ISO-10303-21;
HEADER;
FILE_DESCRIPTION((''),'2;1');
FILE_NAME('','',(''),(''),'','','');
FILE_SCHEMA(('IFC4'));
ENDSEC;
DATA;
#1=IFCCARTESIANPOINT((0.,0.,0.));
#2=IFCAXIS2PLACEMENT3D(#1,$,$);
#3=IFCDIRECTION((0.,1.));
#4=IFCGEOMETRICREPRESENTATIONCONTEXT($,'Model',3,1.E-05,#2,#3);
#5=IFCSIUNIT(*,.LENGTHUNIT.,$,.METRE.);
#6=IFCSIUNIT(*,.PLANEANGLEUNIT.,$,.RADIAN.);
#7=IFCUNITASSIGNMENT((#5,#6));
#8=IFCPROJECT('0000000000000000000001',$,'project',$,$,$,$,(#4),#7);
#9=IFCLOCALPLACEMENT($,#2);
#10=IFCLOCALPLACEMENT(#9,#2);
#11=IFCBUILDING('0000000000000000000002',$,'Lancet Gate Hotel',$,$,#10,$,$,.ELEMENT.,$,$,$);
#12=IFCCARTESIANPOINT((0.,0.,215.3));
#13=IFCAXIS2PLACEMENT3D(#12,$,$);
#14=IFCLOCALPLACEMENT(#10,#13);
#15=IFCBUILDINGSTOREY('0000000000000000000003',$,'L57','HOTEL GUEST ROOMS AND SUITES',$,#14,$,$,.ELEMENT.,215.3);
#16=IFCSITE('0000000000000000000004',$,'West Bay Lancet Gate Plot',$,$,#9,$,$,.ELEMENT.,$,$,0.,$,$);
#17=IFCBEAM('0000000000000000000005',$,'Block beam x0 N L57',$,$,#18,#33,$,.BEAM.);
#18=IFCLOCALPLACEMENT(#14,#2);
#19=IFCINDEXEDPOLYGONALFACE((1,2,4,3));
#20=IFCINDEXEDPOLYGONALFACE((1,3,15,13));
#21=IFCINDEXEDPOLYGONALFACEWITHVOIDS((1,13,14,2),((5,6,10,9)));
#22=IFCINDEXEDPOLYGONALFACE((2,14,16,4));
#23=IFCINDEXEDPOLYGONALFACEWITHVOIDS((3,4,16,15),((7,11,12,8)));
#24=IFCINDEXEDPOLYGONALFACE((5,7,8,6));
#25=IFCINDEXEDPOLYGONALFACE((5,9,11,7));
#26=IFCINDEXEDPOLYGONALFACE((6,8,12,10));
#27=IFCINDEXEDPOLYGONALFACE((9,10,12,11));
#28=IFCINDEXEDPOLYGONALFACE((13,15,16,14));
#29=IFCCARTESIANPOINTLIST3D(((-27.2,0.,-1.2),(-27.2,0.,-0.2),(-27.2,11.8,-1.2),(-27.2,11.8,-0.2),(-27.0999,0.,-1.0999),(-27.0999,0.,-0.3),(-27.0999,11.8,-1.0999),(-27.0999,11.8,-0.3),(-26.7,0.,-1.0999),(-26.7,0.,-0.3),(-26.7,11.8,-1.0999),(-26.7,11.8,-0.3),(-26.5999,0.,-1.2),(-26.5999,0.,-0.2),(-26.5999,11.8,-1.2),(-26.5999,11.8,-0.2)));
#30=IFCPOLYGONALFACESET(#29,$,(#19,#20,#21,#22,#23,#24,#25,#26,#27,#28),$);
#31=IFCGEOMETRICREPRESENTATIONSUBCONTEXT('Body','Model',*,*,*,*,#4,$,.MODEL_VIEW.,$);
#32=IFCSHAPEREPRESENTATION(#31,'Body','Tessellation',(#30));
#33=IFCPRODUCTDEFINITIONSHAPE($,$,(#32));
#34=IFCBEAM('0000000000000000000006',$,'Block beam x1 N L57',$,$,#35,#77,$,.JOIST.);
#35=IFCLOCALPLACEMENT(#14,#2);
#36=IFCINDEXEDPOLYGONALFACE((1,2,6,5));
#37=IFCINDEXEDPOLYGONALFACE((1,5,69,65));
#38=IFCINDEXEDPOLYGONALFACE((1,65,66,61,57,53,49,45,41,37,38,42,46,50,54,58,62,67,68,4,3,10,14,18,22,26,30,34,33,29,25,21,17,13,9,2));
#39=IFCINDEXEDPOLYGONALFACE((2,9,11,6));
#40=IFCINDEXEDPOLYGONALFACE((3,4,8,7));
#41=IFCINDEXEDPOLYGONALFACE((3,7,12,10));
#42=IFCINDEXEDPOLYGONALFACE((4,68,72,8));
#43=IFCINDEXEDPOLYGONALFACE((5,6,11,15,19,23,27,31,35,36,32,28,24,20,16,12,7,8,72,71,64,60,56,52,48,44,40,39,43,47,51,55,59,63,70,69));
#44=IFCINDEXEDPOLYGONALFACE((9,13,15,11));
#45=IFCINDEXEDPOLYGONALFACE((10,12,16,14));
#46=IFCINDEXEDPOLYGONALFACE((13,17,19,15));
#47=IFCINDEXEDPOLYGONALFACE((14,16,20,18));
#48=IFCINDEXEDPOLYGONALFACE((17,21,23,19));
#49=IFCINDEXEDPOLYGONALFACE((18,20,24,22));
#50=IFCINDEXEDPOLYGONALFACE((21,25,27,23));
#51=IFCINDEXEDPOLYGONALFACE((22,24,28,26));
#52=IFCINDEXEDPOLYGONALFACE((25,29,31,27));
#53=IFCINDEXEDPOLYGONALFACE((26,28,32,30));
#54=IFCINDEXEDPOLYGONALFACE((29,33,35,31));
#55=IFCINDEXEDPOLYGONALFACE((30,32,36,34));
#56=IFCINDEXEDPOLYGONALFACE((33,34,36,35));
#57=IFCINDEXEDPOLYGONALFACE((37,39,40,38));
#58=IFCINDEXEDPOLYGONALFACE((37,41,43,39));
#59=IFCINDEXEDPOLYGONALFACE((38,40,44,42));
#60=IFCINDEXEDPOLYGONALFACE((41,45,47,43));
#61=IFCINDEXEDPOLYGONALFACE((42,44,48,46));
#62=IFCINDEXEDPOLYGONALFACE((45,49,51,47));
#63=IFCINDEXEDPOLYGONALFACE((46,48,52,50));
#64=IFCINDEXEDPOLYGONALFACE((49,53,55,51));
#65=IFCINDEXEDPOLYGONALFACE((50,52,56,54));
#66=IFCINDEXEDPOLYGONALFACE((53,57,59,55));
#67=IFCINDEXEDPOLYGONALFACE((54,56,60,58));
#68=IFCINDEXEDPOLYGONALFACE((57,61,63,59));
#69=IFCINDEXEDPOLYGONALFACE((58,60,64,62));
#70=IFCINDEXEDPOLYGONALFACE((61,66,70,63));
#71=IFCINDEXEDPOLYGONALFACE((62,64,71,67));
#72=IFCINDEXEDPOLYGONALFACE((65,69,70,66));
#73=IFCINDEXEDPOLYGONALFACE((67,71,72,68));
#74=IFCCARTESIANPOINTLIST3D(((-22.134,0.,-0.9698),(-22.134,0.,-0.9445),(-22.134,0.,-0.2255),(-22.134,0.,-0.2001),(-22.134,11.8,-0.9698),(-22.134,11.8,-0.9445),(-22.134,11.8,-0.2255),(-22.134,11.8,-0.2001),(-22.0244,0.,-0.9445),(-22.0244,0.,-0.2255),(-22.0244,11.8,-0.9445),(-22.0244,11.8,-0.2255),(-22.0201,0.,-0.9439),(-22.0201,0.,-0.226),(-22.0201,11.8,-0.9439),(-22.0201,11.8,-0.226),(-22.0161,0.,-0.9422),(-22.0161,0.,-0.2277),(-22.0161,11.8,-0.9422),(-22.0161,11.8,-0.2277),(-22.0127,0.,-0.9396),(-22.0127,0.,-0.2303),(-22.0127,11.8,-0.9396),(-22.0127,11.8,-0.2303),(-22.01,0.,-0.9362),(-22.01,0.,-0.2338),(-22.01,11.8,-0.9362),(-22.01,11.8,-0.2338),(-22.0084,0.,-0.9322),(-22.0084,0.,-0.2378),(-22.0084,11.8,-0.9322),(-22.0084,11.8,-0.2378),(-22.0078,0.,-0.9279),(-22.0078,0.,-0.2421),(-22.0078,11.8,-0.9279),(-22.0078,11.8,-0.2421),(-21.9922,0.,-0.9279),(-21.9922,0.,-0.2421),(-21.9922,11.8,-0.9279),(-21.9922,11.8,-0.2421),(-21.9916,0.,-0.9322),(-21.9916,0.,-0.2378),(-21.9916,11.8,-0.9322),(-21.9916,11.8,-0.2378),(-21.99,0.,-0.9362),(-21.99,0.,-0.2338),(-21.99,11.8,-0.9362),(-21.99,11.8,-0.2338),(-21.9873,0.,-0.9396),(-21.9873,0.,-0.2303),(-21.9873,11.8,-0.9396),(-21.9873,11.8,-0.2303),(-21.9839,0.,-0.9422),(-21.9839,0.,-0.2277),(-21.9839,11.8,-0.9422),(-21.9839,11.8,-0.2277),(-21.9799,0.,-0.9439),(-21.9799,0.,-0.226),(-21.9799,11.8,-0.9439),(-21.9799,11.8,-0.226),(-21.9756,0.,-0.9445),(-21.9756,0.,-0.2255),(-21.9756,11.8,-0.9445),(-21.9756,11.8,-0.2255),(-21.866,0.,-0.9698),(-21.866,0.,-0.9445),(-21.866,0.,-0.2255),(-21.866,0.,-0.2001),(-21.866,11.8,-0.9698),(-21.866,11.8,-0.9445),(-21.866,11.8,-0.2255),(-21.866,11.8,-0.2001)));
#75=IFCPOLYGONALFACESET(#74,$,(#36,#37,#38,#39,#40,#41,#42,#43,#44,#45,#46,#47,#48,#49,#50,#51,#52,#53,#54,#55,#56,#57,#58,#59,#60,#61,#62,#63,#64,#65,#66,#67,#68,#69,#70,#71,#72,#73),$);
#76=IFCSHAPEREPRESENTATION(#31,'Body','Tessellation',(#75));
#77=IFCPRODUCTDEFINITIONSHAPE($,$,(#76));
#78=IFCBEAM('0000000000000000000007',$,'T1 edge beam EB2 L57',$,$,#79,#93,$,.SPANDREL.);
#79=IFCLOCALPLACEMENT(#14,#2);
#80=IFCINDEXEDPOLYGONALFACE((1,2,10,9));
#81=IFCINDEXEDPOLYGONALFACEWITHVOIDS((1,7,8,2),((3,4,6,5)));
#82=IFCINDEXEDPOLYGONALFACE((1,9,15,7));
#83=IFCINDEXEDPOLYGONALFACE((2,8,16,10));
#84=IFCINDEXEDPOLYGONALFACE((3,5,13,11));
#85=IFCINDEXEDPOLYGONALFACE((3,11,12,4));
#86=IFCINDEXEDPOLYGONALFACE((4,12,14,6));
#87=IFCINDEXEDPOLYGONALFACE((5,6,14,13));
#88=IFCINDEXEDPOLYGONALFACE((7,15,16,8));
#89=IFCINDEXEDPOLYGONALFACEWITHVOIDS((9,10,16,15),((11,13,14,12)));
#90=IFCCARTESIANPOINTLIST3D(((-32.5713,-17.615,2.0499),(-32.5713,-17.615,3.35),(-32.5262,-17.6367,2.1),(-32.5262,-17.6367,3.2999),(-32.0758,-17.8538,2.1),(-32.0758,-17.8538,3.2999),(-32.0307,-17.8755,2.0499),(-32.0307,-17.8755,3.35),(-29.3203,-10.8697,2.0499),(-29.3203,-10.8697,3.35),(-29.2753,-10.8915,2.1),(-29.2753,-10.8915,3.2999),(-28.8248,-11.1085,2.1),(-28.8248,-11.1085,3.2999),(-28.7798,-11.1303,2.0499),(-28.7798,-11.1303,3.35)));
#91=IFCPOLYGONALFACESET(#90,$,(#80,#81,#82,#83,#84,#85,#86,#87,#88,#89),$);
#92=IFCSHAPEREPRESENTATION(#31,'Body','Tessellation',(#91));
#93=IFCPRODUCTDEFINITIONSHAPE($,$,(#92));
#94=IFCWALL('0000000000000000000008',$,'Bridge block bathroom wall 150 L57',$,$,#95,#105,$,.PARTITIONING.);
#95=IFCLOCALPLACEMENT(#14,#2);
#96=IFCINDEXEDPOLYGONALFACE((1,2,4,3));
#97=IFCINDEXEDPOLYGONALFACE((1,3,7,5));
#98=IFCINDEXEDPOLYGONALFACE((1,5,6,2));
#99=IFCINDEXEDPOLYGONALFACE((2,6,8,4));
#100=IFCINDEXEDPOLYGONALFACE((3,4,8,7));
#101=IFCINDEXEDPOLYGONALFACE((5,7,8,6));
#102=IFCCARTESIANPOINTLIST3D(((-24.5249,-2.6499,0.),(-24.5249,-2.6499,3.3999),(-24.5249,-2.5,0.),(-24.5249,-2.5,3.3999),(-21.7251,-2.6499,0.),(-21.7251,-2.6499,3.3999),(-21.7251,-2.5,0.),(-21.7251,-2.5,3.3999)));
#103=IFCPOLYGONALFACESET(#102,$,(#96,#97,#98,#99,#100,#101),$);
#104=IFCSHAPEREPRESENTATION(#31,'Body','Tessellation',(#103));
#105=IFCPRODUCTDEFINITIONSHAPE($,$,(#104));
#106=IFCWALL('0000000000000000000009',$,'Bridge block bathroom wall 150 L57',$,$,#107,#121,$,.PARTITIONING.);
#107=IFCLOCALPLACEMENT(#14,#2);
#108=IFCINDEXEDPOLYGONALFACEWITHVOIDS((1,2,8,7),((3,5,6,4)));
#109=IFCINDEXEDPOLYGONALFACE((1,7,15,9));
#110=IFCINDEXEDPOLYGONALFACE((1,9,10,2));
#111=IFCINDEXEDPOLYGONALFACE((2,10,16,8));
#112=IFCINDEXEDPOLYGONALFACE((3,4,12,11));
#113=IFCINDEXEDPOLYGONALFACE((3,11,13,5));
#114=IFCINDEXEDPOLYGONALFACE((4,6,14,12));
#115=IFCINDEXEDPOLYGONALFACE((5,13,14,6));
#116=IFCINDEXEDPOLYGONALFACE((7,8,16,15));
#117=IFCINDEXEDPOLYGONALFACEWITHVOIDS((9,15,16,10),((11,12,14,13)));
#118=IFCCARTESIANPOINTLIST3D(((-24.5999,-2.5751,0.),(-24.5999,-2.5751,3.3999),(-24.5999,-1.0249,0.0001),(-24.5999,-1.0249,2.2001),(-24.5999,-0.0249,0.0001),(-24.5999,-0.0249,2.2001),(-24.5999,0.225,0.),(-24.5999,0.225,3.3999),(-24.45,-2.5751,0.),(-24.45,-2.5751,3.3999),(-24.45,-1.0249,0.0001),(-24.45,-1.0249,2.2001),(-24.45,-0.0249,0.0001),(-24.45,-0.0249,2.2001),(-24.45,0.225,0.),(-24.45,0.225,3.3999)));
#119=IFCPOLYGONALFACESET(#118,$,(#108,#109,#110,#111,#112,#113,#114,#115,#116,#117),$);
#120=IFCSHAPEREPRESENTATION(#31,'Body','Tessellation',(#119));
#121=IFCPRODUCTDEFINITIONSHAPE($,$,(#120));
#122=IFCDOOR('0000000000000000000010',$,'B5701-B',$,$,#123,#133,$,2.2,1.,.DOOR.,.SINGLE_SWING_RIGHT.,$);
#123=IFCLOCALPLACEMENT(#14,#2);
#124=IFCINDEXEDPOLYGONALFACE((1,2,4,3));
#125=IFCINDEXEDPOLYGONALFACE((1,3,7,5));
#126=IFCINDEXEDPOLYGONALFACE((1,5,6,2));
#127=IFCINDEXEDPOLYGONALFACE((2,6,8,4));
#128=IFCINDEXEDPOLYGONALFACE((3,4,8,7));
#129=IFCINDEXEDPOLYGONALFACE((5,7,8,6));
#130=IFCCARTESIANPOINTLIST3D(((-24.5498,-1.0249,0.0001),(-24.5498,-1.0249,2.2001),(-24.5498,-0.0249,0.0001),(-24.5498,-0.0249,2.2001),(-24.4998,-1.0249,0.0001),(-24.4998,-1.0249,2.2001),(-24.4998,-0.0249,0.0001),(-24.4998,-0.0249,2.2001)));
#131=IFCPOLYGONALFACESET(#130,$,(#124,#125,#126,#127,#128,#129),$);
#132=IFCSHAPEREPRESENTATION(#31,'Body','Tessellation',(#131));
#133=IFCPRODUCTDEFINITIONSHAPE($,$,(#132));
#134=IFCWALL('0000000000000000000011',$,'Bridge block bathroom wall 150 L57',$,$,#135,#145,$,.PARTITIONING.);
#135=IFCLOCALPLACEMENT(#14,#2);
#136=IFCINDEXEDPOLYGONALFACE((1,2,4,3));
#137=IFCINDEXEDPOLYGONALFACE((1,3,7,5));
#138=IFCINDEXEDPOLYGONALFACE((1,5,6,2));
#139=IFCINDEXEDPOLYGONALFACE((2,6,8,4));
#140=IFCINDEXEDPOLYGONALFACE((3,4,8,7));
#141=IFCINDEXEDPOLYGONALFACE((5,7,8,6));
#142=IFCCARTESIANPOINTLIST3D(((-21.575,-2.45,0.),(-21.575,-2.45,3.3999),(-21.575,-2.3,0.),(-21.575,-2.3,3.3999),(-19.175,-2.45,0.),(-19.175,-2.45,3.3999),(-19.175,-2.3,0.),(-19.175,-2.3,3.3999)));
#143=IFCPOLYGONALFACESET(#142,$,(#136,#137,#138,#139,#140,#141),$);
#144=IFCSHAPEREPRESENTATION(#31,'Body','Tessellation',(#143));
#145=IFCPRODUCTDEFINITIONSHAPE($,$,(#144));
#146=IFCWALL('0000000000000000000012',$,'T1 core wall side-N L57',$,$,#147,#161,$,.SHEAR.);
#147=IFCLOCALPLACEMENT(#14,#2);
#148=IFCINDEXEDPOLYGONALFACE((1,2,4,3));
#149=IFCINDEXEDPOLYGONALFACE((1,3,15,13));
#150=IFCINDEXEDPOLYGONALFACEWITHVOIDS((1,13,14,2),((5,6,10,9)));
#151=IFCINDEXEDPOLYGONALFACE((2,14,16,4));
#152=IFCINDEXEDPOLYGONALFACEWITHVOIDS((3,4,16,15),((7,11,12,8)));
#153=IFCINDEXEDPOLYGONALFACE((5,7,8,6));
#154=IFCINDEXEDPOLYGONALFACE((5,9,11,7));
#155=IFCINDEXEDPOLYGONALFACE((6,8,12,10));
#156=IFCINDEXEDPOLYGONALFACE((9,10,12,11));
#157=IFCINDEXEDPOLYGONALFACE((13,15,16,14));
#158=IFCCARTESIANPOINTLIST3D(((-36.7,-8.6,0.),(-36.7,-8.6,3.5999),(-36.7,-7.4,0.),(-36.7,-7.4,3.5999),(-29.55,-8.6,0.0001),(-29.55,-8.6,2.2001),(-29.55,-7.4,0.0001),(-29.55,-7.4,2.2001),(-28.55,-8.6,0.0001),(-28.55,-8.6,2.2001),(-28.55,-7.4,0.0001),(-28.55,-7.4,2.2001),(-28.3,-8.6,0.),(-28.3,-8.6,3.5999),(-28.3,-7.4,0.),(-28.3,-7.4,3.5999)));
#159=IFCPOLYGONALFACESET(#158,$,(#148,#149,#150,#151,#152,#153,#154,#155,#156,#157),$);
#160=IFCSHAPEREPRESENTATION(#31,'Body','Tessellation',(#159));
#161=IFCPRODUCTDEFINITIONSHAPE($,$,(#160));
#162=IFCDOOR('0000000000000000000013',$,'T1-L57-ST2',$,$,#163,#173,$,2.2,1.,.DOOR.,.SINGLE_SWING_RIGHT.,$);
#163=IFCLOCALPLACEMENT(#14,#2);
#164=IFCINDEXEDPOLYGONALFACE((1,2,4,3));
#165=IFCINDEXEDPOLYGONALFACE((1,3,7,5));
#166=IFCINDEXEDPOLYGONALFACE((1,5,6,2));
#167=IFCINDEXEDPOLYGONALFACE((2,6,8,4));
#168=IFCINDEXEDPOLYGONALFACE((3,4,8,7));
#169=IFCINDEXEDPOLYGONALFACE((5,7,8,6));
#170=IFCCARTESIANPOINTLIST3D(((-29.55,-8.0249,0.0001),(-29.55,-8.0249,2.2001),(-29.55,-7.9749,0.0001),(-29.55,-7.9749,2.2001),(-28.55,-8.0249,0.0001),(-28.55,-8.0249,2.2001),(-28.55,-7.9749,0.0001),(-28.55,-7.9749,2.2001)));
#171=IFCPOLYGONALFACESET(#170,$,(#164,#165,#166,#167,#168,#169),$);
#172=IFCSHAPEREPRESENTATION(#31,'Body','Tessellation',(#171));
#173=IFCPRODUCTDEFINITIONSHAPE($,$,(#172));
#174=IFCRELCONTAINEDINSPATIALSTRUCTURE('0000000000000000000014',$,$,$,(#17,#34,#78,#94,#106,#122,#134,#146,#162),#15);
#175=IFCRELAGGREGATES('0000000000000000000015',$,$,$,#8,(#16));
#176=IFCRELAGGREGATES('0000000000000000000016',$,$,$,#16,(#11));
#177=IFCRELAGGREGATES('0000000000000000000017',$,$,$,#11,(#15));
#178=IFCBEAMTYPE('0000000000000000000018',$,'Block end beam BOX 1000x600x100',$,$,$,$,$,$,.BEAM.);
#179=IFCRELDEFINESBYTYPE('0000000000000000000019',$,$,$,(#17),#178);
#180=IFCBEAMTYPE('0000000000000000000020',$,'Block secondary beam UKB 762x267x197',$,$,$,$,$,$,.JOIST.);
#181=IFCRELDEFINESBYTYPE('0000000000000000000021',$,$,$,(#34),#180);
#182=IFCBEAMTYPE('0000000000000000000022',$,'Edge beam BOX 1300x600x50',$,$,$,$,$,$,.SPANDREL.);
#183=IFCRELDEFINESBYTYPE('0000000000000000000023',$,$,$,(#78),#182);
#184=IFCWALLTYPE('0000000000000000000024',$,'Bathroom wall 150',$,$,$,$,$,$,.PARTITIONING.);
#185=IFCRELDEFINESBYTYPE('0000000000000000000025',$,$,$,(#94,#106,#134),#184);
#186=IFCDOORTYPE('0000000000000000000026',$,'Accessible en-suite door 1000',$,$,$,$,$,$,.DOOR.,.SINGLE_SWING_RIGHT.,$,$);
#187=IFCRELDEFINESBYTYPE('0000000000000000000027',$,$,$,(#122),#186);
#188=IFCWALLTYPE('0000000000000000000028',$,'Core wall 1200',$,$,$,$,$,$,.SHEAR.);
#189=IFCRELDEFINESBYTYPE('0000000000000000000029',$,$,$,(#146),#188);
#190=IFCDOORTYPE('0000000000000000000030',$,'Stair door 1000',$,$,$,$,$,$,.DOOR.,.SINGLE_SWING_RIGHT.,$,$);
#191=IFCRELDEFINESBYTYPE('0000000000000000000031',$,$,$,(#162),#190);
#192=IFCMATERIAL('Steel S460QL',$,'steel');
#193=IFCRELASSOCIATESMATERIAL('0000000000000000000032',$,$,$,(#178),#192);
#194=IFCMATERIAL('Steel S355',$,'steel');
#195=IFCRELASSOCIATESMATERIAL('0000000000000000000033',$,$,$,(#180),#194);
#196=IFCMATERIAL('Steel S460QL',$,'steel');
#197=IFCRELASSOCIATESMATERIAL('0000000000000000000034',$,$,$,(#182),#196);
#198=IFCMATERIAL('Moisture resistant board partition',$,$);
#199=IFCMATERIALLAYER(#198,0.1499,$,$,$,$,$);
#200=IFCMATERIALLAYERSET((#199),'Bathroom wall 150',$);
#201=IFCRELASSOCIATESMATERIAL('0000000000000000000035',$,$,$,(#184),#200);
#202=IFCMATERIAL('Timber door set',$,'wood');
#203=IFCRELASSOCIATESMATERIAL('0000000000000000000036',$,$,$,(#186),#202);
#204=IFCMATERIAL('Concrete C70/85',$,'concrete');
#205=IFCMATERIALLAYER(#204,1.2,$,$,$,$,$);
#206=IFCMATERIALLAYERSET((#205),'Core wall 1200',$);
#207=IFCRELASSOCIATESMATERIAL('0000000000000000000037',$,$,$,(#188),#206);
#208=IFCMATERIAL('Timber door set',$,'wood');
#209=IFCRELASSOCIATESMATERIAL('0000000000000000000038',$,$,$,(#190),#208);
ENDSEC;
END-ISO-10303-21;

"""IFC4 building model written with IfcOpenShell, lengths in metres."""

from ifc_helpers import new_model, si_unit, direction, frame, frame_2d, origin, origin_2d, place, context, subcontext, project, spatial, rectangle, hollow_rectangle, i_section, extrude, material, layer, layer_set, material_profile, profile_set, type_object, element, fill, save


model = new_model("IFC4")

# Units and contexts
model_context = context("Model", 3, precision=1e-05, world=origin(), true_north=direction((0.0, 1.0)))
body_context = subcontext(model_context, "Body", "Model", "MODEL_VIEW")
ifc_project = project(units=[si_unit("LENGTHUNIT", "METRE"), si_unit("PLANEANGLEUNIT", "RADIAN")], contexts=[model_context])

# Site, building, storey
site_placement = place(None, origin())
site = spatial("IfcSite", under=ifc_project, at=site_placement, Name="West Bay Lancet Gate Plot", CompositionType="ELEMENT", RefElevation=0.0)
building_placement = place(site_placement, origin())
building = spatial("IfcBuilding", under=site, at=building_placement, Name="Lancet Gate Hotel", CompositionType="ELEMENT")
storey_placement = place(building_placement, frame((0.0, 0.0, 215.3)))
storey = spatial("IfcBuildingStorey", under=building, at=storey_placement, Name="L57", Description="HOTEL GUEST ROOMS AND SUITES", CompositionType="ELEMENT", Elevation=215.3)

# Beams
ifc_material_1 = material(Name="Steel S460QL", Category="steel")
ifc_material_profile_1 = material_profile(ifc_material_1, hollow_rectangle(XDim=0.6001, YDim=1.0, WallThickness=0.1001, at=origin_2d()), Name="BOX 1000x600x100")
ifc_profile_set_1 = profile_set([ifc_material_profile_1], Name="Steel S460QL")
beam_type_1 = type_object("IfcBeamType", Name="Block end beam BOX 1000x600x100", PredefinedType="BEAM", material=ifc_profile_set_1)
beam_1_placement = place(storey_placement, frame((-26.8999, 0.0, -0.7), z_axis=(0.0, 1.0, 0.0), x_axis=(-1.0, 0.0, 0.0)))
element("IfcBeam", 1, at=beam_1_placement, inside=storey, type_object=beam_type_1, Name="Block beam x0 N L57", PredefinedType="BEAM", context=body_context, shape_type="SweptSolid", body=[
    extrude(hollow_rectangle(XDim=0.6001, YDim=1.0, WallThickness=0.1001, at=origin_2d()), origin(), (0.0, 0.0, 1.0), 11.8),
])
ifc_material_2 = material(Name="Steel S355", Category="steel")
ifc_material_profile_2 = material_profile(ifc_material_2, i_section(OverallWidth=0.2681, OverallDepth=0.7698, WebThickness=0.0156, FlangeThickness=0.0254, FilletRadius=0.0166, at=origin_2d()), Name="UKB 762x267x197")
ifc_profile_set_2 = profile_set([ifc_material_profile_2], Name="Steel S355")
beam_type_2 = type_object("IfcBeamType", Name="Block secondary beam UKB 762x267x197", PredefinedType="JOIST", material=ifc_profile_set_2)
beam_2_placement = place(storey_placement, frame((-22.0, 0.0, -0.585), z_axis=(0.0, 1.0, 0.0), x_axis=(-1.0, 0.0, 0.0)))
element("IfcBeam", 2, at=beam_2_placement, inside=storey, type_object=beam_type_2, Name="Block beam x1 N L57", PredefinedType="JOIST", context=body_context, shape_type="SweptSolid", body=[
    extrude(i_section(OverallWidth=0.2681, OverallDepth=0.7698, WebThickness=0.0156, FlangeThickness=0.0254, FilletRadius=0.0166, at=origin_2d()), origin(), (0.0, 0.0, 1.0), 11.8),
])
ifc_material_3 = material(Name="Steel S460QL", Category="steel")
ifc_material_profile_3 = material_profile(ifc_material_3, hollow_rectangle(XDim=0.6001, YDim=1.3, WallThickness=0.05, at=origin_2d()), Name="BOX 1300x600x50")
ifc_profile_set_3 = profile_set([ifc_material_profile_3], Name="Steel S460QL")
beam_type_3 = type_object("IfcBeamType", Name="Edge beam BOX 1300x600x50", PredefinedType="SPANDREL", material=ifc_profile_set_3)
beam_3_placement = place(storey_placement, frame((-29.05, -11.0, 2.7), z_axis=(-0.434164, -0.900834, 0.0), x_axis=(0.900834, -0.434164, 0.0)))
element("IfcBeam", 3, at=beam_3_placement, inside=storey, type_object=beam_type_3, Name="T1 edge beam EB2 L57", PredefinedType="SPANDREL", context=body_context, shape_type="SweptSolid", body=[
    extrude(hollow_rectangle(XDim=0.6001, YDim=1.3, WallThickness=0.05, at=origin_2d()), origin(), (0.0, 0.0, 1.0), 7.4878),
])

# Wall
ifc_material_4 = material(Name="Moisture resistant board partition")
ifc_layer_1 = layer(ifc_material_4, 0.1499)
ifc_layer_set_1 = layer_set([ifc_layer_1], Name="Bathroom wall 150")
wall_type_1 = type_object("IfcWallType", Name="Bathroom wall 150", PredefinedType="PARTITIONING", material=ifc_layer_set_1)
wall_1_placement = place(storey_placement, frame((-24.5249, -2.575, 0.0), z_axis=(0.0, 0.0, 1.0), x_axis=(1.0, 0.0, 0.0)))
element("IfcWall", 4, at=wall_1_placement, inside=storey, type_object=wall_type_1, Name="Bridge block bathroom wall 150 L57", PredefinedType="PARTITIONING", context=body_context, shape_type="SweptSolid", body=[
    extrude(rectangle(XDim=2.7998, YDim=0.1499, at=frame_2d((1.3999, 0.0))), origin(), (0.0, 0.0, 1.0), 3.3999),
])

# Wall, opening, door
wall_2_placement = place(storey_placement, frame((-24.5249, -2.575, 0.0), z_axis=(0.0, 0.0, 1.0), x_axis=(0.0, 1.0, 0.0)))
wall_2 = element("IfcWall", 5, at=wall_2_placement, inside=storey, type_object=wall_type_1, Name="Bridge block bathroom wall 150 L57", PredefinedType="PARTITIONING", context=body_context, shape_type="SweptSolid", body=[
    extrude(rectangle(XDim=2.8, YDim=0.1499, at=frame_2d((1.3999, 0.0))), origin(), (0.0, 0.0, 1.0), 3.3999),
])
opening_1_placement = place(wall_2_placement, frame((1.55, 0.0, 0.0)))
opening_1 = element("IfcOpeningElement", 6, at=opening_1_placement, cuts=wall_2, PredefinedType="OPENING", context=body_context, shape_type="SweptSolid", body=[
    extrude(rectangle(XDim=1.0, YDim=2.2, at=frame_2d((0.5, 1.1001))), frame((0.0, 0.085, 0.0), z_axis=(0.0, -1.0, 0.0), x_axis=(1.0, 0.0, 0.0)), (0.0, 0.0, 1.0), 0.1699),
])
ifc_material_5 = material(Name="Timber door set", Category="wood")
door_type_1 = type_object("IfcDoorType", Name="Accessible en-suite door 1000", OperationType="SINGLE_SWING_RIGHT", PredefinedType="DOOR", material=ifc_material_5)
door_1_placement = place(opening_1_placement, origin())
door_1 = element("IfcDoor", 7, at=door_1_placement, inside=storey, type_object=door_type_1, Name="B5701-B", OperationType="SINGLE_SWING_RIGHT", OverallHeight=2.2, OverallWidth=1.0, PredefinedType="DOOR", context=body_context, shape_type="SweptSolid", body=[
    extrude(rectangle(XDim=1.0, YDim=2.2, at=frame_2d((0.5, 1.1001))), frame((0.0, 0.0249, 0.0), z_axis=(0.0, -1.0, 0.0), x_axis=(1.0, 0.0, 0.0)), (0.0, 0.0, 1.0), 0.05),
])
fill(opening_1, door_1)

# Wall
wall_3_placement = place(storey_placement, frame((-21.575, -2.375, 0.0), z_axis=(0.0, 0.0, 1.0), x_axis=(1.0, 0.0, 0.0)))
element("IfcWall", 8, at=wall_3_placement, inside=storey, type_object=wall_type_1, Name="Bridge block bathroom wall 150 L57", PredefinedType="PARTITIONING", context=body_context, shape_type="SweptSolid", body=[
    extrude(rectangle(XDim=2.3999, YDim=0.1499, at=frame_2d((1.2, 0.0))), origin(), (0.0, 0.0, 1.0), 3.3999),
])

# Wall, opening, door
ifc_material_6 = material(Name="Concrete C70/85", Category="concrete")
ifc_layer_2 = layer(ifc_material_6, 1.2)
ifc_layer_set_2 = layer_set([ifc_layer_2], Name="Core wall 1200")
wall_type_2 = type_object("IfcWallType", Name="Core wall 1200", PredefinedType="SHEAR", material=ifc_layer_set_2)
wall_4_placement = place(storey_placement, frame((-28.3, -8.0, 0.0), z_axis=(0.0, 0.0, 1.0), x_axis=(-1.0, 0.0, 0.0)))
wall_4 = element("IfcWall", 9, at=wall_4_placement, inside=storey, type_object=wall_type_2, Name="T1 core wall side-N L57", PredefinedType="SHEAR", context=body_context, shape_type="SweptSolid", body=[
    extrude(rectangle(XDim=8.3999, YDim=1.2, at=frame_2d((4.2, 0.0))), origin(), (0.0, 0.0, 1.0), 3.5999),
])
opening_2_placement = place(wall_4_placement, frame((0.25, 0.0, 0.0)))
opening_2 = element("IfcOpeningElement", 10, at=opening_2_placement, cuts=wall_4, PredefinedType="OPENING", context=body_context, shape_type="SweptSolid", body=[
    extrude(rectangle(XDim=1.0, YDim=2.2, at=frame_2d((0.5, 1.1001))), frame((0.0, 0.6099, 0.0), z_axis=(0.0, -1.0, 0.0), x_axis=(1.0, 0.0, 0.0)), (0.0, 0.0, 1.0), 1.22),
])
ifc_material_7 = material(Name="Timber door set", Category="wood")
door_type_2 = type_object("IfcDoorType", Name="Stair door 1000", OperationType="SINGLE_SWING_RIGHT", PredefinedType="DOOR", material=ifc_material_7)
door_2_placement = place(opening_2_placement, origin())
door_2 = element("IfcDoor", 11, at=door_2_placement, inside=storey, type_object=door_type_2, Name="T1-L57-ST2", OperationType="SINGLE_SWING_RIGHT", OverallHeight=2.2, OverallWidth=1.0, PredefinedType="DOOR", context=body_context, shape_type="SweptSolid", body=[
    extrude(rectangle(XDim=1.0, YDim=2.2, at=frame_2d((0.5, 1.1001))), frame((0.0, 0.0249, 0.0), z_axis=(0.0, -1.0, 0.0), x_axis=(1.0, 0.0, 0.0)), (0.0, 0.0, 1.0), 0.05),
])
fill(opening_2, door_2)

save(model, "model.ifc")
